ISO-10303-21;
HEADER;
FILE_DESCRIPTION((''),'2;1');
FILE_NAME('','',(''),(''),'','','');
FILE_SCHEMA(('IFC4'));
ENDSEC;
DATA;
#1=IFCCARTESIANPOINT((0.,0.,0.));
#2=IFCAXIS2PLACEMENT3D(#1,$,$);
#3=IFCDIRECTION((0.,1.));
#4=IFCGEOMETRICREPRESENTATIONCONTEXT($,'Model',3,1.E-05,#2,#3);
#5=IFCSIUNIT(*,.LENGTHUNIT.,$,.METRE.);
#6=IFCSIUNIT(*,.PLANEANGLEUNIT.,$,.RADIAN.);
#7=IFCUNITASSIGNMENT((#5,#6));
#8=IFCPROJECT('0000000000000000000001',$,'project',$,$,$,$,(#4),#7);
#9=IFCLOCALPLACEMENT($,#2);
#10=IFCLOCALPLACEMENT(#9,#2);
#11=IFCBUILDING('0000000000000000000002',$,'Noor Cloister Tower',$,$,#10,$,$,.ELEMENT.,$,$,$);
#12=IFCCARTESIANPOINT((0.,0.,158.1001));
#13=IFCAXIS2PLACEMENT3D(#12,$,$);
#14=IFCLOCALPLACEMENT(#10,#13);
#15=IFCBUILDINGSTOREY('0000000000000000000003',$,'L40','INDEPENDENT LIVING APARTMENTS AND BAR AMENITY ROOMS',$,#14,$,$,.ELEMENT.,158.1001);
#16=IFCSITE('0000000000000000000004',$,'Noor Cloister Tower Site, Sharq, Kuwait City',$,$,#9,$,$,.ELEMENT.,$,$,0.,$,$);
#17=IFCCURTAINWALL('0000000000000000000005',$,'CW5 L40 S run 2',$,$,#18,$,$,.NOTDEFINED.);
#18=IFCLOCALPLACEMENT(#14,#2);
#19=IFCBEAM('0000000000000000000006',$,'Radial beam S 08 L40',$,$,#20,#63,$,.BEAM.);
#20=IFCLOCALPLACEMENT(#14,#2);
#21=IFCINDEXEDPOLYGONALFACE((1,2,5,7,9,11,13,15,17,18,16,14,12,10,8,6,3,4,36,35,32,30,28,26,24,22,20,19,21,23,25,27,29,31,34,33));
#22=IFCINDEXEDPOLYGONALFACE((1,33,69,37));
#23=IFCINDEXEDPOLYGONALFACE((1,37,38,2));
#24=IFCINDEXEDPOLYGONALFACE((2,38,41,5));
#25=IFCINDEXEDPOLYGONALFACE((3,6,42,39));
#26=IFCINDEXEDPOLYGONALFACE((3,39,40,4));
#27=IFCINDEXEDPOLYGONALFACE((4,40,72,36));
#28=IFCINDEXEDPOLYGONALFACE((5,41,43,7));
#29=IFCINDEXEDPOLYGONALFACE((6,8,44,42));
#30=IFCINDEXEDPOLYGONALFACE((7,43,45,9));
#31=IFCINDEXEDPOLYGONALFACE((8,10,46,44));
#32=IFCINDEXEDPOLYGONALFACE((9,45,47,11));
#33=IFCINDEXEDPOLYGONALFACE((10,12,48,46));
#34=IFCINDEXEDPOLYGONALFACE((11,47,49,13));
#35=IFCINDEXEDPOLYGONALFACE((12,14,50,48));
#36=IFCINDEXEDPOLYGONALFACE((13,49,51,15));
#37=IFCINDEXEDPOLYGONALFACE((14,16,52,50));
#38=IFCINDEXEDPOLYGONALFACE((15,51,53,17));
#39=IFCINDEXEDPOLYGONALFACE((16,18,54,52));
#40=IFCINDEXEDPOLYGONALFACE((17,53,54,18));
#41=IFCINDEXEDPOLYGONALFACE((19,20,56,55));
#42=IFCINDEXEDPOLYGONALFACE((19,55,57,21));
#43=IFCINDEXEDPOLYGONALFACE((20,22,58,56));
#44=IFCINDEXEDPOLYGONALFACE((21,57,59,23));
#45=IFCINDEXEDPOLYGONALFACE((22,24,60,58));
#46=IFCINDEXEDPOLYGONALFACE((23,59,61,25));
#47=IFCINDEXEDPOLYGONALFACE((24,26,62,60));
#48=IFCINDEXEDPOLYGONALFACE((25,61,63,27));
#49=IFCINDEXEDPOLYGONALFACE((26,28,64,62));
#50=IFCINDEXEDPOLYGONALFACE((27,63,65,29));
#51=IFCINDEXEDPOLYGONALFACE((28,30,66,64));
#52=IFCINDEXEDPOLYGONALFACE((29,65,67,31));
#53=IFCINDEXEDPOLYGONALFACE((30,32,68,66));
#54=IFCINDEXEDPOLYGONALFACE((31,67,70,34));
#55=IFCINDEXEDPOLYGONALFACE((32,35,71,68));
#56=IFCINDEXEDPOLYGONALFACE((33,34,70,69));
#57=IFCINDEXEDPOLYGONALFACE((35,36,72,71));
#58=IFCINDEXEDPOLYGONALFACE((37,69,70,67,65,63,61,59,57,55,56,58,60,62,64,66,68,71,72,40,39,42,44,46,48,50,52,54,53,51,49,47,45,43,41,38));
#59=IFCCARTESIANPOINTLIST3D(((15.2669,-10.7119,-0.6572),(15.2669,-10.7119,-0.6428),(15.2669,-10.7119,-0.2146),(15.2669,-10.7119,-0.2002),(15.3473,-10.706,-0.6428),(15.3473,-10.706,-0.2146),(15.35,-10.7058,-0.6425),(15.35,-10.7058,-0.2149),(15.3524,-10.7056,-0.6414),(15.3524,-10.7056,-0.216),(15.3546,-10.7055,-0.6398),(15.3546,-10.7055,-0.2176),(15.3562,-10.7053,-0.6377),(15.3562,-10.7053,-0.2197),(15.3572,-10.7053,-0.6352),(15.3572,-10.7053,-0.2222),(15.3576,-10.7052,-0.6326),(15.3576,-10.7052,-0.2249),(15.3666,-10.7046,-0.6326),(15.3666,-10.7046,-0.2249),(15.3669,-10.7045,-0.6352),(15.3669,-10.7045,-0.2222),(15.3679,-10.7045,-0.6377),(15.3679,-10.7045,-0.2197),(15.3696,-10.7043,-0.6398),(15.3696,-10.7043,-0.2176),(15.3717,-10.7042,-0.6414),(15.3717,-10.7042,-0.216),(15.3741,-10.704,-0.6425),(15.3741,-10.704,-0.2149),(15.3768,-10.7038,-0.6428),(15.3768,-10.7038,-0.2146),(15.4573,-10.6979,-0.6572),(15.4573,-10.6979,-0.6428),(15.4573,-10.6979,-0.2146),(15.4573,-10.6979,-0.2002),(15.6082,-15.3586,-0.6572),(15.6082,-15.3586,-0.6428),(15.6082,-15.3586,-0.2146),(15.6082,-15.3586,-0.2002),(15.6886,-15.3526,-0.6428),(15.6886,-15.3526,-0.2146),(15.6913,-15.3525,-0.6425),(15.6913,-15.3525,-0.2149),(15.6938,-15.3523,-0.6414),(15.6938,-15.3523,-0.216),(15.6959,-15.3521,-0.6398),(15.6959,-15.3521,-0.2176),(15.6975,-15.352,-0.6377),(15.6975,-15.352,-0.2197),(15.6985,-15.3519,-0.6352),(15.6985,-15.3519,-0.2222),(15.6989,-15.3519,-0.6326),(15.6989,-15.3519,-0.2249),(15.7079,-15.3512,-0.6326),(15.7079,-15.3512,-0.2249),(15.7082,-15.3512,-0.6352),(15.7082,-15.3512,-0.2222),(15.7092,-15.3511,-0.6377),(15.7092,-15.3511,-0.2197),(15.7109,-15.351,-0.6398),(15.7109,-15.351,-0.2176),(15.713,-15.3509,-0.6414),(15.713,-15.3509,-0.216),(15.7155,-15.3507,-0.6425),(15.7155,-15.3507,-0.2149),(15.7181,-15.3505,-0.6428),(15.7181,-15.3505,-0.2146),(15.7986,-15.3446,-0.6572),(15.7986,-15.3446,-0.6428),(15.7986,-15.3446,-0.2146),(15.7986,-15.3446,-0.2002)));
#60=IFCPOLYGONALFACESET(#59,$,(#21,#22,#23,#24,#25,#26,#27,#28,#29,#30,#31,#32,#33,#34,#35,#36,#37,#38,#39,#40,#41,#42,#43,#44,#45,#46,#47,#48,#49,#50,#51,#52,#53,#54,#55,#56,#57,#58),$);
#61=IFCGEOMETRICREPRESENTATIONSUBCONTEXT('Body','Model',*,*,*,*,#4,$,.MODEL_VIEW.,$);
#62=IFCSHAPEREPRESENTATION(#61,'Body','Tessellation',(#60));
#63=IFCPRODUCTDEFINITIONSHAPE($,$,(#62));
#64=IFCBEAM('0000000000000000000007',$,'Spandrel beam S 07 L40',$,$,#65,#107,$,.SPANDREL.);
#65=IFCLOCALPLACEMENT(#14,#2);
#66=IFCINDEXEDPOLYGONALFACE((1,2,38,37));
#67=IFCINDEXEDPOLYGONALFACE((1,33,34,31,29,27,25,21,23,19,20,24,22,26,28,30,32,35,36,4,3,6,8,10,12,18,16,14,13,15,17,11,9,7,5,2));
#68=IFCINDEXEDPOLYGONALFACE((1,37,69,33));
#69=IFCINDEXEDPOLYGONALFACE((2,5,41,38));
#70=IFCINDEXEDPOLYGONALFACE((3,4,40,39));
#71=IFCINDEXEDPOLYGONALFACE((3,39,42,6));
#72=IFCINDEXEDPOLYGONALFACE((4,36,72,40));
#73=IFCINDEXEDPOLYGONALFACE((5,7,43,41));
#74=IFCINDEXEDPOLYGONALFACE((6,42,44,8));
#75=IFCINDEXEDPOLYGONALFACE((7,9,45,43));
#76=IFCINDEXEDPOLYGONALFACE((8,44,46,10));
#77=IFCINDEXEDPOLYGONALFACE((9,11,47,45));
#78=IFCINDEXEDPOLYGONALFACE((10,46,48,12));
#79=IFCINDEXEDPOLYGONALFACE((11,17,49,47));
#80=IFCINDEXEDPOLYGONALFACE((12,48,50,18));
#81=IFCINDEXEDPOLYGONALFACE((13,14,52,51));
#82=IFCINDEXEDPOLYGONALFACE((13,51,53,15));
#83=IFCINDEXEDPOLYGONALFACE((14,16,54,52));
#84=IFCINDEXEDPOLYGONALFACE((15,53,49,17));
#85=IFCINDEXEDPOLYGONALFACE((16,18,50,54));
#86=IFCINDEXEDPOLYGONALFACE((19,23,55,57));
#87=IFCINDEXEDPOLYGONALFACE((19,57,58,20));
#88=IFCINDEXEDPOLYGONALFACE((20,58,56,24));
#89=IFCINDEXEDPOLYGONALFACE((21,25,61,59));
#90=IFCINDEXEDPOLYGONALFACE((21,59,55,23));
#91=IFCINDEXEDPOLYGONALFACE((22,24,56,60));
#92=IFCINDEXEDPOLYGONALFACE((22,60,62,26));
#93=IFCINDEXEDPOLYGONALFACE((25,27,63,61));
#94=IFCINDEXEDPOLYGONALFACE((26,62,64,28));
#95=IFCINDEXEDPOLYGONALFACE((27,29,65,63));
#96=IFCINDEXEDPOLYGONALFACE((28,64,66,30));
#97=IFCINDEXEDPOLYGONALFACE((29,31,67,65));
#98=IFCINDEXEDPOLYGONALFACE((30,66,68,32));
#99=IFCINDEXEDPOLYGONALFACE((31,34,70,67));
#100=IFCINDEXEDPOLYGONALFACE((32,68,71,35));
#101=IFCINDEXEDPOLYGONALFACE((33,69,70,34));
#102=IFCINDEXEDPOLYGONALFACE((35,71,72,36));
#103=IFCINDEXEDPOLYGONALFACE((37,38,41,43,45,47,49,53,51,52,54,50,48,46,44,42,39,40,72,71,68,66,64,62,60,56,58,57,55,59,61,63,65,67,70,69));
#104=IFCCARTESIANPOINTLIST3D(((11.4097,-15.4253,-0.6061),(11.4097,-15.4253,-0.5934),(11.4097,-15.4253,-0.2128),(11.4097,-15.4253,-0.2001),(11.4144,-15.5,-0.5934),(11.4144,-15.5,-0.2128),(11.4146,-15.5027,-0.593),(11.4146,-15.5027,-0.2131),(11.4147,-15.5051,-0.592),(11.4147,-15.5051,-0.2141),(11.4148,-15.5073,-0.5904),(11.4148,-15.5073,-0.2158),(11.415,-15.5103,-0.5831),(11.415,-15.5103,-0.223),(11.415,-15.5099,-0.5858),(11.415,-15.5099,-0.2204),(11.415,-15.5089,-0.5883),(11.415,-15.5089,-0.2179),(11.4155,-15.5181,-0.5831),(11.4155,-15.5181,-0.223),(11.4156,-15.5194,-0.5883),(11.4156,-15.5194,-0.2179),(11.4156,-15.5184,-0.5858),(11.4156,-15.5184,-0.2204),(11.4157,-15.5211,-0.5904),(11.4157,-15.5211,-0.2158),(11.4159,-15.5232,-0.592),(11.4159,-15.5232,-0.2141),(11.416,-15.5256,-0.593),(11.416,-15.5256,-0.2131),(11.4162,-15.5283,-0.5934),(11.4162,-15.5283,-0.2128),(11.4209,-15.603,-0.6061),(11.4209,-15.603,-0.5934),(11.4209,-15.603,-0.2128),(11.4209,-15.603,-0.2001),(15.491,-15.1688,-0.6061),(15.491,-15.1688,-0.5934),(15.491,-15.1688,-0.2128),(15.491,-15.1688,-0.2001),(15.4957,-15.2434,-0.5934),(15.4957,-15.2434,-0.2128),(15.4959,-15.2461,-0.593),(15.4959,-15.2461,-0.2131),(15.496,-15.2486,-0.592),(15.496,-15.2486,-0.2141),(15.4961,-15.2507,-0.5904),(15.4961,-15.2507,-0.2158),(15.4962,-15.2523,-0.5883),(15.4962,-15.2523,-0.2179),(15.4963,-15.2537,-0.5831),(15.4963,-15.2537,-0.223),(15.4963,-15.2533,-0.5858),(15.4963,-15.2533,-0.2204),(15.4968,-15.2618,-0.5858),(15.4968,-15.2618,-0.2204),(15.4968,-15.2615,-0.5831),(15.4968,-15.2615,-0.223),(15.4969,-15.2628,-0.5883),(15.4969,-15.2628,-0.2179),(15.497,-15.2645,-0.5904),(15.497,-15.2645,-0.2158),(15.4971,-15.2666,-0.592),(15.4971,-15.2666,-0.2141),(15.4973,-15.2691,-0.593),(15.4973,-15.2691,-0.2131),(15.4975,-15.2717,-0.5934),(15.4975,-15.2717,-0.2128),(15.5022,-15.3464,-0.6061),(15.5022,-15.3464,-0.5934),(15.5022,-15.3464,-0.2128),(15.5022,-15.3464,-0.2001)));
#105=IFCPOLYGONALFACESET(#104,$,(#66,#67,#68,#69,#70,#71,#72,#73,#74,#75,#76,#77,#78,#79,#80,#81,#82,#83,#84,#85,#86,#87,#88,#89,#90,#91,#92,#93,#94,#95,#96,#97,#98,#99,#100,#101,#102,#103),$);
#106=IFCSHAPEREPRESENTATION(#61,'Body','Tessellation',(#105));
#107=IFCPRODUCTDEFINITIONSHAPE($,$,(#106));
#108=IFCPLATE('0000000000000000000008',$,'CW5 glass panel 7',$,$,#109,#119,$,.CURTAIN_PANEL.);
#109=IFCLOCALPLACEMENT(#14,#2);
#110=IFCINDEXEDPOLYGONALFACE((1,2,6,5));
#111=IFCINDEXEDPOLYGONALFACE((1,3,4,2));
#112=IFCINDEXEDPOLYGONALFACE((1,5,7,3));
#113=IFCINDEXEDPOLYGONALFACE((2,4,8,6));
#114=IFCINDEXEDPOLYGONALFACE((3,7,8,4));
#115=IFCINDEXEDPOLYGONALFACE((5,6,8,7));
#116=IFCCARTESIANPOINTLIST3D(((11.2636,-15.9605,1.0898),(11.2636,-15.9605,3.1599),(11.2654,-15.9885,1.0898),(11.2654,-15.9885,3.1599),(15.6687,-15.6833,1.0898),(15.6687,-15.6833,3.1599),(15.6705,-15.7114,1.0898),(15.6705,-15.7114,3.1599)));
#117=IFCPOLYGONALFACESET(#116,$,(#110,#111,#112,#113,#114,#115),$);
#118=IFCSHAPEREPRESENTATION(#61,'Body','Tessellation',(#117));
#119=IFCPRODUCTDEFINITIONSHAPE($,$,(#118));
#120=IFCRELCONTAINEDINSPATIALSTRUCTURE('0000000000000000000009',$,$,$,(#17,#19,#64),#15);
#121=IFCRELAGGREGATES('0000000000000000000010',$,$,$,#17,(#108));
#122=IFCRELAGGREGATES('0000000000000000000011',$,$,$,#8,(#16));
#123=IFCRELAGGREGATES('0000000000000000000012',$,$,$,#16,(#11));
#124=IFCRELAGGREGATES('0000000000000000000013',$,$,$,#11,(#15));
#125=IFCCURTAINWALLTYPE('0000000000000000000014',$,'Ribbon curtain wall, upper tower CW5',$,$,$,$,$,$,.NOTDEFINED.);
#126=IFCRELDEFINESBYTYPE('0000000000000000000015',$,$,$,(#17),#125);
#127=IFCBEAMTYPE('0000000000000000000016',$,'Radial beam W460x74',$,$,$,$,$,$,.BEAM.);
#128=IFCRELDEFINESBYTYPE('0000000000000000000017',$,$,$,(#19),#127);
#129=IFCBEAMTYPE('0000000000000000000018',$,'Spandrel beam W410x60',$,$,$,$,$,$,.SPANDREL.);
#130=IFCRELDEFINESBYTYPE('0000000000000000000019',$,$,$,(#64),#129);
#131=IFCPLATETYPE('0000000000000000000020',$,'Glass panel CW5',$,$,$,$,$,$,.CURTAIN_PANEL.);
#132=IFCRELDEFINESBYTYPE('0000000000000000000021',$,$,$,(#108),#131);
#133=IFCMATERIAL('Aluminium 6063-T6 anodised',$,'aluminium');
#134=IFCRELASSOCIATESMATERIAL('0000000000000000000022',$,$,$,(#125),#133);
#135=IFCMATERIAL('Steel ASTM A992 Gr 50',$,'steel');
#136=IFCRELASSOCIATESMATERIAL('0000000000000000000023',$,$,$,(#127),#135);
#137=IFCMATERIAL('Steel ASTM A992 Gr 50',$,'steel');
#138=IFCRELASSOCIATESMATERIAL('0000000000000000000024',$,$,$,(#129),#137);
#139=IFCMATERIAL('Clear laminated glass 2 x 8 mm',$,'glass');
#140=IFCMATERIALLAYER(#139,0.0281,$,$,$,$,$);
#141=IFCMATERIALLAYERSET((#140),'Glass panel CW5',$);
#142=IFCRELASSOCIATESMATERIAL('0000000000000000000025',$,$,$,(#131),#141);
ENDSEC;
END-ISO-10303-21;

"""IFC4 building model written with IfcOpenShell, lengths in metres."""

from ifc_helpers import new_model, si_unit, direction, frame, origin, origin_2d, place, context, subcontext, project, spatial, rectangle, i_section, extrude, material, layer, layer_set, material_profile, profile_set, type_object, element, aggregate, save


model = new_model("IFC4")

# Units and contexts
model_context = context("Model", 3, precision=1e-05, world=origin(), true_north=direction((0.0, 1.0)))
body_context = subcontext(model_context, "Body", "Model", "MODEL_VIEW")
ifc_project = project(units=[si_unit("LENGTHUNIT", "METRE"), si_unit("PLANEANGLEUNIT", "RADIAN")], contexts=[model_context])

# Site, building, storey
site_placement = place(None, origin())
site = spatial("IfcSite", under=ifc_project, at=site_placement, Name="Noor Cloister Tower Site, Sharq, Kuwait City", CompositionType="ELEMENT", RefElevation=0.0)
building_placement = place(site_placement, origin())
building = spatial("IfcBuilding", under=site, at=building_placement, Name="Noor Cloister Tower", CompositionType="ELEMENT")
storey_placement = place(building_placement, frame((0.0, 0.0, 158.1001)))
storey = spatial("IfcBuildingStorey", under=building, at=storey_placement, Name="L40", Description="INDEPENDENT LIVING APARTMENTS AND BAR AMENITY ROOMS", CompositionType="ELEMENT", Elevation=158.1001)

# Curtain wall
ifc_material_1 = material(Name="Aluminium 6063-T6 anodised", Category="aluminium")
curtain_wall_type = type_object("IfcCurtainWallType", Name="Ribbon curtain wall, upper tower CW5", PredefinedType="NOTDEFINED", material=ifc_material_1)
curtain_wall_placement = place(storey_placement, origin())
curtain_wall = element("IfcCurtainWall", 1, at=curtain_wall_placement, inside=storey, type_object=curtain_wall_type, Name="CW5 L40 S run 2", PredefinedType="NOTDEFINED")

# Beams
ifc_material_2 = material(Name="Steel ASTM A992 Gr 50", Category="steel")
ifc_material_profile_1 = material_profile(ifc_material_2, i_section(OverallWidth=0.1909, OverallDepth=0.457, WebThickness=0.009, FlangeThickness=0.0144, FilletRadius=0.0103, at=origin_2d()), Name="W460x74")
ifc_profile_set_1 = profile_set([ifc_material_profile_1], Name="Steel ASTM A992 Gr 50")
beam_type_1 = type_object("IfcBeamType", Name="Radial beam W460x74", PredefinedType="BEAM", material=ifc_profile_set_1)
beam_1_placement = place(storey_placement, frame((15.7034, -15.3516, -0.4287), z_axis=(-0.073254, 0.997313, 0.0), x_axis=(-0.997313, -0.073254, 0.0)))
element("IfcBeam", 2, at=beam_1_placement, inside=storey, type_object=beam_type_1, Name="Radial beam S 08 L40", PredefinedType="BEAM", context=body_context, shape_type="SweptSolid", body=[
    extrude(i_section(OverallWidth=0.1909, OverallDepth=0.457, WebThickness=0.009, FlangeThickness=0.0144, FilletRadius=0.0103, at=origin_2d()), origin(), (0.0, 0.0, 1.0), 4.6592),
])
ifc_material_3 = material(Name="Steel ASTM A992 Gr 50", Category="steel")
ifc_material_profile_2 = material_profile(ifc_material_3, i_section(OverallWidth=0.178, OverallDepth=0.406, WebThickness=0.0078, FlangeThickness=0.0127, FilletRadius=0.0103, at=origin_2d()), Name="W410x60")
ifc_profile_set_2 = profile_set([ifc_material_profile_2], Name="Steel ASTM A992 Gr 50")
beam_type_2 = type_object("IfcBeamType", Name="Spandrel beam W410x60", PredefinedType="SPANDREL", material=ifc_profile_set_2)
beam_2_placement = place(storey_placement, frame((11.4153, -15.5142, -0.4031), z_axis=(0.99803, 0.062746, 0.0), x_axis=(-0.062746, 0.99803, 0.0)))
element("IfcBeam", 3, at=beam_2_placement, inside=storey, type_object=beam_type_2, Name="Spandrel beam S 07 L40", PredefinedType="SPANDREL", context=body_context, shape_type="SweptSolid", body=[
    extrude(i_section(OverallWidth=0.178, OverallDepth=0.406, WebThickness=0.0078, FlangeThickness=0.0127, FilletRadius=0.0103, at=origin_2d()), origin(), (0.0, 0.0, 1.0), 4.0894),
])

# Plate
ifc_material_4 = material(Name="Clear laminated glass 2 x 8 mm", Category="glass")
ifc_layer_1 = layer(ifc_material_4, 0.0281)
ifc_layer_set_1 = layer_set([ifc_layer_1], Name="Glass panel CW5")
plate_type = type_object("IfcPlateType", Name="Glass panel CW5", PredefinedType="CURTAIN_PANEL", material=ifc_layer_set_1)
plate_placement = place(storey_placement, frame((13.467, -15.8359, 1.0898), z_axis=(0.0, 0.0, 1.0), x_axis=(0.998026, 0.062798, 0.0)))
plate = element("IfcPlate", 4, at=plate_placement, type_object=plate_type, Name="CW5 glass panel 7", PredefinedType="CURTAIN_PANEL", context=body_context, shape_type="SweptSolid", body=[
    extrude(rectangle(XDim=4.4138, YDim=0.0281, at=origin_2d()), origin(), (0.0, 0.0, 1.0), 2.0701),
])
aggregate(curtain_wall, [plate])

save(model, "model.ifc")
